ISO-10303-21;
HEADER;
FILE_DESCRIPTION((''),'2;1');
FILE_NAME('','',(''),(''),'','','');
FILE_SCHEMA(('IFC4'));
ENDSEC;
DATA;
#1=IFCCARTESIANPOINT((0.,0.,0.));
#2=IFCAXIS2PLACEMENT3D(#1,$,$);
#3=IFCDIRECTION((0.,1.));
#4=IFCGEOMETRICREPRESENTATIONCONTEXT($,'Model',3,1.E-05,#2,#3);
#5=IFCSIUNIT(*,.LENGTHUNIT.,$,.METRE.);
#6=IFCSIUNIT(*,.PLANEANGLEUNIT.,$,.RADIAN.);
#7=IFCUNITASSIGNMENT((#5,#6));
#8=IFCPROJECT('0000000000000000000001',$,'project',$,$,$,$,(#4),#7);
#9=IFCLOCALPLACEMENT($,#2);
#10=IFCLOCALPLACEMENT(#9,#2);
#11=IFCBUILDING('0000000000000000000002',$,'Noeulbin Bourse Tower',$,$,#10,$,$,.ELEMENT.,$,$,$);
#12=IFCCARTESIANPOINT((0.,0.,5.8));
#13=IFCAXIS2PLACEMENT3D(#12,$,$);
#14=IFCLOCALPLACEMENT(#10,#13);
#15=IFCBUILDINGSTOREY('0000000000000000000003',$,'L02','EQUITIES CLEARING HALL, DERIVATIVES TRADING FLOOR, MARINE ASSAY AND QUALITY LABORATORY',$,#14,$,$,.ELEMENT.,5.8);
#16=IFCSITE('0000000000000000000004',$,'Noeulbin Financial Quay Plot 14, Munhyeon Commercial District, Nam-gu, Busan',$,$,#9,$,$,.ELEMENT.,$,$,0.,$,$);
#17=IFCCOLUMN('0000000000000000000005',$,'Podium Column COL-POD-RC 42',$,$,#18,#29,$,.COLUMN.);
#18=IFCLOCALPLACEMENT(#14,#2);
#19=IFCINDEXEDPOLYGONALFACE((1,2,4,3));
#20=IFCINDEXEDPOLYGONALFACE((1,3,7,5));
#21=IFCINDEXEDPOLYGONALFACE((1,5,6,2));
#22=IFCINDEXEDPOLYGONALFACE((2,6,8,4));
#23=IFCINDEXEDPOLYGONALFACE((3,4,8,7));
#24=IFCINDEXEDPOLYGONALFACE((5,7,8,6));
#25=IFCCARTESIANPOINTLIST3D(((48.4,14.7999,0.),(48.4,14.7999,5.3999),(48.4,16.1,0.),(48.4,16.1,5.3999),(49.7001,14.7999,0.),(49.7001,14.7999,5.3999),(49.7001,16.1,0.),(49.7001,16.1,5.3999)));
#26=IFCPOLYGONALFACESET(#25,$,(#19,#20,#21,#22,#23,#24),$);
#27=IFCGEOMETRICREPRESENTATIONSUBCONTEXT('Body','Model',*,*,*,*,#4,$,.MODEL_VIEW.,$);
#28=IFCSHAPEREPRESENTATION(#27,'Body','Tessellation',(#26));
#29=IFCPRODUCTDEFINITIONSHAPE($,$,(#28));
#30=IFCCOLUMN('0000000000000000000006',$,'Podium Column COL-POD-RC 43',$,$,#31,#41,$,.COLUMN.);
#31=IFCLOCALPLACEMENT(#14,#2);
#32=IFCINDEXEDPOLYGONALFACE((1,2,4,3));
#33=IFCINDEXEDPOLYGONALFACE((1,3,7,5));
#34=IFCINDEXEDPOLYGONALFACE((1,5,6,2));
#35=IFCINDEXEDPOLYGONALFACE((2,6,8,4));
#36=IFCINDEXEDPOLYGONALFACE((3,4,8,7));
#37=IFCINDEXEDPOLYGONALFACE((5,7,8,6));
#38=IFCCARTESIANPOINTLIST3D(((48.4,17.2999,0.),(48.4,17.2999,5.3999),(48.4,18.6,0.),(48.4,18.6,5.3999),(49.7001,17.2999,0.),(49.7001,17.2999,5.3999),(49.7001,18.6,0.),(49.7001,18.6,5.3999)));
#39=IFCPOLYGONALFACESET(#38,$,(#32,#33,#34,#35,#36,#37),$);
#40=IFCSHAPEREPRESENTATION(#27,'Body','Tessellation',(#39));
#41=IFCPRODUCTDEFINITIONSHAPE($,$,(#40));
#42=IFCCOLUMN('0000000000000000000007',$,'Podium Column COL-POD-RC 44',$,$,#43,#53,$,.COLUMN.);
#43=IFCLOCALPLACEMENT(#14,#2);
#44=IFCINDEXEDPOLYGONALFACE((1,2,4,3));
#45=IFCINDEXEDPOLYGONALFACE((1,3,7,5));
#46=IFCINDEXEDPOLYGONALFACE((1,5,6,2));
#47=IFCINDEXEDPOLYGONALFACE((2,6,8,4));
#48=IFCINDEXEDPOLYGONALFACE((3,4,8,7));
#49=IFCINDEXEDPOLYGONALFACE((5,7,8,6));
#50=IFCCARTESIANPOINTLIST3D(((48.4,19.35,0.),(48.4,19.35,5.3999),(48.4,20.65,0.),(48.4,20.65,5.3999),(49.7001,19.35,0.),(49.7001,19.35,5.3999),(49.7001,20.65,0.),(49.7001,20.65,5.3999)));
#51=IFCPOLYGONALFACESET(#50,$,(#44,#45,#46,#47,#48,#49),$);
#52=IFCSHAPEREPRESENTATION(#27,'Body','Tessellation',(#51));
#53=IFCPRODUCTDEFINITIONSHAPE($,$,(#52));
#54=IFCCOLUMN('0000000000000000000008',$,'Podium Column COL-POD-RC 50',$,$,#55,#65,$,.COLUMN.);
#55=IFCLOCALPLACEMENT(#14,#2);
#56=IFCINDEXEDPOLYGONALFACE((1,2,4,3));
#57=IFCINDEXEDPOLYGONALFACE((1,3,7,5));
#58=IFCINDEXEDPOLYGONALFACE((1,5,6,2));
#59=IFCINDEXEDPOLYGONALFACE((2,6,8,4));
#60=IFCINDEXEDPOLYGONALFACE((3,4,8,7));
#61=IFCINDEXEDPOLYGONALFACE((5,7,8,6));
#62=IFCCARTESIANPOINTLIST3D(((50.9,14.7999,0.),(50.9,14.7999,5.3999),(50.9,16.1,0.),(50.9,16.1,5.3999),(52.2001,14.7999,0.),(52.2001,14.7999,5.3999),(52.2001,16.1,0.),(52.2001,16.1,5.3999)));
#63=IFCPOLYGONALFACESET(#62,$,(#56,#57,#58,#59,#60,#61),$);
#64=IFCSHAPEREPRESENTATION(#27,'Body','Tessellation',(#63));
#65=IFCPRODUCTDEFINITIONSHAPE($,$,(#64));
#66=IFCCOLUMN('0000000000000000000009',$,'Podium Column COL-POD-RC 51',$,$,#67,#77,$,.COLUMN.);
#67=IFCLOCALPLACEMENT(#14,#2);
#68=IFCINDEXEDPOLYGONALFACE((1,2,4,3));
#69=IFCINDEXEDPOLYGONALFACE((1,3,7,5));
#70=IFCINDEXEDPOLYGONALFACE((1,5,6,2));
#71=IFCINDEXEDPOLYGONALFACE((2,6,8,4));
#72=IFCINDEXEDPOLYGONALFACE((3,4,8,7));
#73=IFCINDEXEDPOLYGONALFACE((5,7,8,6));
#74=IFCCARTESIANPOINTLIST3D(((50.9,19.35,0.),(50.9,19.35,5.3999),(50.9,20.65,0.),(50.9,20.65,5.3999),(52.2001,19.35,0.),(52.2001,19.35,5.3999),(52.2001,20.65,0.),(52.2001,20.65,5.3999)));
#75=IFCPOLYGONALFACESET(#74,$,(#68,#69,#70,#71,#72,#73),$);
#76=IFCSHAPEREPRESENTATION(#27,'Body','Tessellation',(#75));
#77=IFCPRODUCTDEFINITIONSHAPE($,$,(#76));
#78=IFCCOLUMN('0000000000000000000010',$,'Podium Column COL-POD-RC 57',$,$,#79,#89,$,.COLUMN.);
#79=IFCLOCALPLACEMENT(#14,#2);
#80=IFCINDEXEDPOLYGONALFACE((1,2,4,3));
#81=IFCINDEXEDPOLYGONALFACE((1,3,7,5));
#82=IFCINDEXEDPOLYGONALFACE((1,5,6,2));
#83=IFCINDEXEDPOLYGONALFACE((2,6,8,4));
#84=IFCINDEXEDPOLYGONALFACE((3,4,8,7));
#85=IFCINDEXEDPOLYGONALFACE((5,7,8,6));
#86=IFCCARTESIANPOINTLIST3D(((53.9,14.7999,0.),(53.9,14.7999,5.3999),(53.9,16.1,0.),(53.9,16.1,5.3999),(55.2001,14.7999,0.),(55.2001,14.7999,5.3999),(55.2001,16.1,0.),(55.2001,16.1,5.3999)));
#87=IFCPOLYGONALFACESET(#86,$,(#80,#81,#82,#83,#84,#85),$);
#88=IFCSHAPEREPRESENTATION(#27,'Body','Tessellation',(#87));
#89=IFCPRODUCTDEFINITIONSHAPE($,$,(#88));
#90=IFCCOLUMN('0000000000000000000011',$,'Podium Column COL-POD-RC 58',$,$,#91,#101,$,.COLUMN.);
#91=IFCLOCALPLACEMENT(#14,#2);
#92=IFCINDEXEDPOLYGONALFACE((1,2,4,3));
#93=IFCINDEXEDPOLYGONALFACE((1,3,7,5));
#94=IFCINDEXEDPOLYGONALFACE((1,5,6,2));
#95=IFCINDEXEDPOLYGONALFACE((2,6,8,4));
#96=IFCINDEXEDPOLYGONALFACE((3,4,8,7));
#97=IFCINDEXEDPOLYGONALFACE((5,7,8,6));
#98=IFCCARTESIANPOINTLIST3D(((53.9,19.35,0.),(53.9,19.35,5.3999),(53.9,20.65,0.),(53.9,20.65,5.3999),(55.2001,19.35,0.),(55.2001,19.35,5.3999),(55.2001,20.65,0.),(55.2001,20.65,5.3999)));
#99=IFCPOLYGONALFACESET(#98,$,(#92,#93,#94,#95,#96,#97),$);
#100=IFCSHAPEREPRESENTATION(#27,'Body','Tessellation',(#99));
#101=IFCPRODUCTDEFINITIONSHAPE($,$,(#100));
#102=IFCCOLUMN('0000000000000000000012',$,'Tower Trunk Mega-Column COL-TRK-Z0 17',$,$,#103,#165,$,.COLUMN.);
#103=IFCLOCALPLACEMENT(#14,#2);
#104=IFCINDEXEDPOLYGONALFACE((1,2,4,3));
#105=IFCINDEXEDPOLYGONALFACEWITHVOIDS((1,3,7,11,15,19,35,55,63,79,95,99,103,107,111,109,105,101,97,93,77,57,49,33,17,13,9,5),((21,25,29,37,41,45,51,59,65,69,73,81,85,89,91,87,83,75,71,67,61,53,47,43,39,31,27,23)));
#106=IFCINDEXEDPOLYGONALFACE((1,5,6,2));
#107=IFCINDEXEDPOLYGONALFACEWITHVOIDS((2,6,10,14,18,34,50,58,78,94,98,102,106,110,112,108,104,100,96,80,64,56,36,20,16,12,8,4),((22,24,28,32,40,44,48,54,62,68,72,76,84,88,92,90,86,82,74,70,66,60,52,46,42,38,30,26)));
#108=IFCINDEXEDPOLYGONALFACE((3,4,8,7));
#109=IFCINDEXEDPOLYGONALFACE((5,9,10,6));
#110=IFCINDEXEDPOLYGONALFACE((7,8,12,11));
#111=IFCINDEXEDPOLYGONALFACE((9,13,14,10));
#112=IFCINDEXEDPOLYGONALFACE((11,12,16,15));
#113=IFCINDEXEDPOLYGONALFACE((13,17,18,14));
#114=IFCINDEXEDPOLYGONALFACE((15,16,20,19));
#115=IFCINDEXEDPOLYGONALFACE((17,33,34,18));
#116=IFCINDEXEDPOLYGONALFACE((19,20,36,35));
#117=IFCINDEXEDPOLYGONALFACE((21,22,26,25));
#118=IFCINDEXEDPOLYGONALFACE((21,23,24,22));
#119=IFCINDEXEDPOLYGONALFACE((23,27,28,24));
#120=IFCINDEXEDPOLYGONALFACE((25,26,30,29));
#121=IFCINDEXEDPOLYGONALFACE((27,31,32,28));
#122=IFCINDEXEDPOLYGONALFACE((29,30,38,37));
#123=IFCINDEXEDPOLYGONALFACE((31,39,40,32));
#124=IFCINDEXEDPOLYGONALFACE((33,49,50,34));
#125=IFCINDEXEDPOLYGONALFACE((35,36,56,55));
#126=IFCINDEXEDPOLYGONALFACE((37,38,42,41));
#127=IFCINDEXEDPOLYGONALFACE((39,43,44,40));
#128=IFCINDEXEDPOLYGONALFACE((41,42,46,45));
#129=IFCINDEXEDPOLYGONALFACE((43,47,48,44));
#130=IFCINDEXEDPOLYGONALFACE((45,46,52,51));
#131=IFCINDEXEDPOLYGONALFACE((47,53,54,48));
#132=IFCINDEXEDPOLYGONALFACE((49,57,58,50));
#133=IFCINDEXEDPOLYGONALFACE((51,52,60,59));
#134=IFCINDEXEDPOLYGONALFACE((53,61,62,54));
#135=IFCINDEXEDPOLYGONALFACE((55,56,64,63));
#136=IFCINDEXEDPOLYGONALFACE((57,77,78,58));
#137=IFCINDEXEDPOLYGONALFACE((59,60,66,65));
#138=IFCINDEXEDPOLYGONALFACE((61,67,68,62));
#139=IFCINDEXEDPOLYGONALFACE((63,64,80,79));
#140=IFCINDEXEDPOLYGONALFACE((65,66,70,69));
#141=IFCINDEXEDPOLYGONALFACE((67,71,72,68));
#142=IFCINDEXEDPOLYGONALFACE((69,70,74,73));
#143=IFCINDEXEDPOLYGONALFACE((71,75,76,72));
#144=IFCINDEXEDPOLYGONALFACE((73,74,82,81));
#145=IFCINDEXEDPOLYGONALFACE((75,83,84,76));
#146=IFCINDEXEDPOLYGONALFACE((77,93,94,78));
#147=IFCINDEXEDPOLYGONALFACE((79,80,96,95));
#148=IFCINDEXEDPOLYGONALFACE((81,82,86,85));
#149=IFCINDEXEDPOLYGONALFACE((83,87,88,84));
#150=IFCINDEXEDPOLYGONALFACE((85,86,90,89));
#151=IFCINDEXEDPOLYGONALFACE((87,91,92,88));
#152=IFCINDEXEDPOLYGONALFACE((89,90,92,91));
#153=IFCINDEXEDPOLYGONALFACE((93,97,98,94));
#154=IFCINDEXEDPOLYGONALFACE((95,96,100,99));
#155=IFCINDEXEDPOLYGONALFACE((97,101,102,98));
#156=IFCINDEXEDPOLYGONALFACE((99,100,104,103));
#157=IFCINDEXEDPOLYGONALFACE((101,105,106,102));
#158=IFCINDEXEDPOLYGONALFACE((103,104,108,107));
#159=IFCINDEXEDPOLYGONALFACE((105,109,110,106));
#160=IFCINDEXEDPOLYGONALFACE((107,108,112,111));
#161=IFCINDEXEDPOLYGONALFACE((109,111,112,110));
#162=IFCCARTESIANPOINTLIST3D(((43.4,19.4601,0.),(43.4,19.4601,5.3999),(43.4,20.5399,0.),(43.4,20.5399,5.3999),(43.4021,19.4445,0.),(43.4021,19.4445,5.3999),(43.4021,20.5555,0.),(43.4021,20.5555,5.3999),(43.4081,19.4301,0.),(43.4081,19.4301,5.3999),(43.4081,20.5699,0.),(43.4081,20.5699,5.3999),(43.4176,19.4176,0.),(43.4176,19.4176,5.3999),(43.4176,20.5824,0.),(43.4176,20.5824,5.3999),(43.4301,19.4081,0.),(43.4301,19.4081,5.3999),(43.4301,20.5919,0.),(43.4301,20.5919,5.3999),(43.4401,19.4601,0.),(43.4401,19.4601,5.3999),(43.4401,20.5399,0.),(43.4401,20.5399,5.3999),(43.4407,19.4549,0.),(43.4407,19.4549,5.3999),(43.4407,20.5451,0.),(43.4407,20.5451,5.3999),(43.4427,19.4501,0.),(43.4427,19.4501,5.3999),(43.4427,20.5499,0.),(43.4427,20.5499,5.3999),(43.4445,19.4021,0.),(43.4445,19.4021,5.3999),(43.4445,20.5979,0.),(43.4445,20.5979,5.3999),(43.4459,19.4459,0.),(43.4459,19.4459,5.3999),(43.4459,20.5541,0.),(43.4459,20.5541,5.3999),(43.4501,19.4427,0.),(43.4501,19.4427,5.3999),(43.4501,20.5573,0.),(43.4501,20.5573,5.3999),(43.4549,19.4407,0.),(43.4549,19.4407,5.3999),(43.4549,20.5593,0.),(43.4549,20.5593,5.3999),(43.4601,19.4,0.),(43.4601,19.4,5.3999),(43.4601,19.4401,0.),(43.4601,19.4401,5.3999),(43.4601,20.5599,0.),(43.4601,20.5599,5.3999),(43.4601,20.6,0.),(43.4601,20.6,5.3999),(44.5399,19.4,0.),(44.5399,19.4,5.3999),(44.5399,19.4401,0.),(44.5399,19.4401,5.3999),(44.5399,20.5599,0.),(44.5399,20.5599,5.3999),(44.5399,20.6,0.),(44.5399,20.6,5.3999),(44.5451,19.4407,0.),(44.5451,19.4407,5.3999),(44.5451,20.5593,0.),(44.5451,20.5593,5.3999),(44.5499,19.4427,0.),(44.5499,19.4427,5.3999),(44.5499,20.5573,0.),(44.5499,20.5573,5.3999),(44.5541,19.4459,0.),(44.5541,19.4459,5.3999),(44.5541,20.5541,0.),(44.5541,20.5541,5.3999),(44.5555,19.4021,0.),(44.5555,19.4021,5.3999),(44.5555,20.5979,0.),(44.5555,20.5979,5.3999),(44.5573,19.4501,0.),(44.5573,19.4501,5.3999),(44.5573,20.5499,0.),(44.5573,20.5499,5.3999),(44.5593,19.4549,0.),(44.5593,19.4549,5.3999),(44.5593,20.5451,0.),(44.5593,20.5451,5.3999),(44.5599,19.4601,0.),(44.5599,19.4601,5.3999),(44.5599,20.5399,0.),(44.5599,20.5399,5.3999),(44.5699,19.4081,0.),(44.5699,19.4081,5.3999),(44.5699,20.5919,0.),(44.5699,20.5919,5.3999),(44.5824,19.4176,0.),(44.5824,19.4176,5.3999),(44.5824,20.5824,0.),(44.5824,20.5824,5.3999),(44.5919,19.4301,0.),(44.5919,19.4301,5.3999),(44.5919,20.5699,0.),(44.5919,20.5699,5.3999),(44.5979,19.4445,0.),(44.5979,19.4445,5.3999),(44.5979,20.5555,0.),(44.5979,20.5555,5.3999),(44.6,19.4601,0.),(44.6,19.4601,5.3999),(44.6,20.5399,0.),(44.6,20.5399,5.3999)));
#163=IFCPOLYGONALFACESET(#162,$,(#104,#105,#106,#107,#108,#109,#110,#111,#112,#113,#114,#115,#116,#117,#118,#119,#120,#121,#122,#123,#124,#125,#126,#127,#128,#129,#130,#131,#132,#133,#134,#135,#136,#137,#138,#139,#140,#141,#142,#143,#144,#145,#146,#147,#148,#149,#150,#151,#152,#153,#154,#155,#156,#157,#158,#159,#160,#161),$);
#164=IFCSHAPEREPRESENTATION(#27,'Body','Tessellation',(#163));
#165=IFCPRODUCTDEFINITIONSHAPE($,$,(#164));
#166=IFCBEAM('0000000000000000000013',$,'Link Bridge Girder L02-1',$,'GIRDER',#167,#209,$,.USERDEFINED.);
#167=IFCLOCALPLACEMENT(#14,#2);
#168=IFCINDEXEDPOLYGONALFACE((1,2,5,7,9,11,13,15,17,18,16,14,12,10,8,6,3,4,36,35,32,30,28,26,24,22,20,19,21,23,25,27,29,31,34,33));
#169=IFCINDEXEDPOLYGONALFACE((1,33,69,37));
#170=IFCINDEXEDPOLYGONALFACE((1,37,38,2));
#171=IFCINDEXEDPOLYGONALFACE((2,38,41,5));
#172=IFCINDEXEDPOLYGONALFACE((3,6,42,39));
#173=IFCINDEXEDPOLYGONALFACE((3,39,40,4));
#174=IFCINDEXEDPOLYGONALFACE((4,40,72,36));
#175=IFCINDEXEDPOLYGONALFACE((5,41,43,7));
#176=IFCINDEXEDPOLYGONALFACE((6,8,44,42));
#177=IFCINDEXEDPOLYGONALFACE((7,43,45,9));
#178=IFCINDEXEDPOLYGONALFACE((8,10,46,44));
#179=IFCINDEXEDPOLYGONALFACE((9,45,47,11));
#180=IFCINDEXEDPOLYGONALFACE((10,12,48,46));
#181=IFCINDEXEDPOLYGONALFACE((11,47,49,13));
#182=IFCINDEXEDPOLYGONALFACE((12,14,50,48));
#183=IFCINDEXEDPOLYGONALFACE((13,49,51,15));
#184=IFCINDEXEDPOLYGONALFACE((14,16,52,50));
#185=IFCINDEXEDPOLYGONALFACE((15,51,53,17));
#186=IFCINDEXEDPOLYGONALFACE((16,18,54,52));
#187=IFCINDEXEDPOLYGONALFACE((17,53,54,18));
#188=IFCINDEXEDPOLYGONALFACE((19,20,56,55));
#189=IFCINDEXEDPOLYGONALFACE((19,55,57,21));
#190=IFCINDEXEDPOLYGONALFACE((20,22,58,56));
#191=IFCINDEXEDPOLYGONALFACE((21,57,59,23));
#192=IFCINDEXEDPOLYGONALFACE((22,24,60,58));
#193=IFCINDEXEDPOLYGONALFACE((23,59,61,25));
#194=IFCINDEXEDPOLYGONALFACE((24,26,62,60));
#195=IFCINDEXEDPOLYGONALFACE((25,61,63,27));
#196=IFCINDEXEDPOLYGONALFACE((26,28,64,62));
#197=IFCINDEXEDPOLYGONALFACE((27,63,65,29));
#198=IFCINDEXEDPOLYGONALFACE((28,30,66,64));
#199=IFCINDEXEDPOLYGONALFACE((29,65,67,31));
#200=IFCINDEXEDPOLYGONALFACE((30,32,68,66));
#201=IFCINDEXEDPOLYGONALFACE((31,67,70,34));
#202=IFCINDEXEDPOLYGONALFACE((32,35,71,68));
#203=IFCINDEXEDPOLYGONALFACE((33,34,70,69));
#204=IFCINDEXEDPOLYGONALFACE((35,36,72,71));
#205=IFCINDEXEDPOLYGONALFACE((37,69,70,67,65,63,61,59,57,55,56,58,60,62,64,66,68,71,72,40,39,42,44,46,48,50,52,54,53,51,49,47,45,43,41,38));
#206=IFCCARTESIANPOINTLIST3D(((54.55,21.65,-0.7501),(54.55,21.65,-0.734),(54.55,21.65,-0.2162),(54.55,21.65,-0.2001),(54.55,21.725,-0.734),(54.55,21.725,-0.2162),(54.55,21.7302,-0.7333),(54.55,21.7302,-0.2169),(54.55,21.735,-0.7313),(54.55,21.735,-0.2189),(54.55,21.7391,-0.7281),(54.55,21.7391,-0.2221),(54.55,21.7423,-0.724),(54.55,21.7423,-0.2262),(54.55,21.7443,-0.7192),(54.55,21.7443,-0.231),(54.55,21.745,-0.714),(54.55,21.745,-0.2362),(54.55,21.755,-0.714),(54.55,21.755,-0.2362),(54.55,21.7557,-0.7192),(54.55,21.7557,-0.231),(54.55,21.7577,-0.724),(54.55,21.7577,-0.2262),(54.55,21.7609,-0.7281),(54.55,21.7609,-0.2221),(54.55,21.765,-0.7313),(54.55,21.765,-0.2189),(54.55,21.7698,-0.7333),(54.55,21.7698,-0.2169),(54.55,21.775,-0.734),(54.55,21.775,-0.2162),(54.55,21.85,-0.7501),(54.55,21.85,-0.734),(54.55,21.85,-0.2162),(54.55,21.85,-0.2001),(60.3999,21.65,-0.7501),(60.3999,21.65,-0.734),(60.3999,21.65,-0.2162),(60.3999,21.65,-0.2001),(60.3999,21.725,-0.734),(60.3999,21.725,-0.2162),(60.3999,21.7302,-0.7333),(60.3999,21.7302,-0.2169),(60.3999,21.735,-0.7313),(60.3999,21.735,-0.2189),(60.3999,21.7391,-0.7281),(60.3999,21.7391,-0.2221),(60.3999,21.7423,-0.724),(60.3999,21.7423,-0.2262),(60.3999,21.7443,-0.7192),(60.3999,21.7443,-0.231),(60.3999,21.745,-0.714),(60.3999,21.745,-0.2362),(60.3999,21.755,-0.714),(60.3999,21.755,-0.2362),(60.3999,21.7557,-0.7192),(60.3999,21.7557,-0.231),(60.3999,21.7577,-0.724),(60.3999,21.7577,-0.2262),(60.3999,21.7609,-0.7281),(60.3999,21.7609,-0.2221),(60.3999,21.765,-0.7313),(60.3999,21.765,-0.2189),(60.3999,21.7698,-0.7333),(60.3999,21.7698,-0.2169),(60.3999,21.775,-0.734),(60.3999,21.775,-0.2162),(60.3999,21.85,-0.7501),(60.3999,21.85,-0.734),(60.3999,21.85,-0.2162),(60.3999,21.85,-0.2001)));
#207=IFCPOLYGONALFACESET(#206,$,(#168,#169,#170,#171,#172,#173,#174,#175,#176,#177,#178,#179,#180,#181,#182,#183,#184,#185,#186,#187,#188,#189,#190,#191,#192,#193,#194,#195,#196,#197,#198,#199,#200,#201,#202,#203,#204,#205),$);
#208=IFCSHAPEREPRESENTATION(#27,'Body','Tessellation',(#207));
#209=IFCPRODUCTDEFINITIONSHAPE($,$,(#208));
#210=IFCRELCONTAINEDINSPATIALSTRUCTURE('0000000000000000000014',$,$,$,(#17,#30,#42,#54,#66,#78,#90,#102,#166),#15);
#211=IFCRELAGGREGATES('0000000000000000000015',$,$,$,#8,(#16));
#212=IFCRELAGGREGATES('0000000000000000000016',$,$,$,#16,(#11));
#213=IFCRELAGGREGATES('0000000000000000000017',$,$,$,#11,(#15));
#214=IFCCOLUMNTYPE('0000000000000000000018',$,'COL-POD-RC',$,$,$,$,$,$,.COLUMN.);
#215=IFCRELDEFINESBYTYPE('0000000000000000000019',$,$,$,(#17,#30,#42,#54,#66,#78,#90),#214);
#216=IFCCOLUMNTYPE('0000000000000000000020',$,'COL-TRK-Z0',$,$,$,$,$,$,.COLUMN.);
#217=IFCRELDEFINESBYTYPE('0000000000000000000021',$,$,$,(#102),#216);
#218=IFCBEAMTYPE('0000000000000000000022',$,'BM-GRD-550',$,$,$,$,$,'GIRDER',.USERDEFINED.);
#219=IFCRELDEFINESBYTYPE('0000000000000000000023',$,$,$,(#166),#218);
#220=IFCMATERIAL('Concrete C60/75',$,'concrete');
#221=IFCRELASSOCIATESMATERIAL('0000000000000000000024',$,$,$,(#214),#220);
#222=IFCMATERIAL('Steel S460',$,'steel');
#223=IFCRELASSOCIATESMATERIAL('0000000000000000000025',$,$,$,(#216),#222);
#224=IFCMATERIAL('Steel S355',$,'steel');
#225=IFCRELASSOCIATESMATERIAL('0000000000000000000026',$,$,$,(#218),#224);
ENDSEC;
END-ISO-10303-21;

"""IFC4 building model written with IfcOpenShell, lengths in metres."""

from ifc_helpers import new_model, si_unit, direction, frame, origin, origin_2d, place, context, subcontext, project, spatial, rectangle, hollow_rectangle, i_section, extrude, material, material_profile, profile_set, type_object, element, save


model = new_model("IFC4")

# Units and contexts
model_context = context("Model", 3, precision=1e-05, world=origin(), true_north=direction((0.0, 1.0)))
body_context = subcontext(model_context, "Body", "Model", "MODEL_VIEW")
ifc_project = project(units=[si_unit("LENGTHUNIT", "METRE"), si_unit("PLANEANGLEUNIT", "RADIAN")], contexts=[model_context])

# Site, building, storey
site_placement = place(None, origin())
site = spatial("IfcSite", under=ifc_project, at=site_placement, Name="Noeulbin Financial Quay Plot 14, Munhyeon Commercial District, Nam-gu, Busan", CompositionType="ELEMENT", RefElevation=0.0)
building_placement = place(site_placement, origin())
building = spatial("IfcBuilding", under=site, at=building_placement, Name="Noeulbin Bourse Tower", CompositionType="ELEMENT")
storey_placement = place(building_placement, frame((0.0, 0.0, 5.8)))
storey = spatial("IfcBuildingStorey", under=building, at=storey_placement, Name="L02", Description="EQUITIES CLEARING HALL, DERIVATIVES TRADING FLOOR, MARINE ASSAY AND QUALITY LABORATORY", CompositionType="ELEMENT", Elevation=5.8)

# Columns
ifc_material_1 = material(Name="Concrete C60/75", Category="concrete")
ifc_material_profile_1 = material_profile(ifc_material_1, rectangle(XDim=1.3, YDim=1.3, at=origin_2d()), Name="RC-COL-1300x1300", Category="LoadBearing")
ifc_profile_set_1 = profile_set([ifc_material_profile_1], Name="Concrete C60/75")
column_type_1 = type_object("IfcColumnType", Name="COL-POD-RC", PredefinedType="COLUMN", material=ifc_profile_set_1)
for number, where, z_axis, x_axis, name in (
    (1, (49.05, 15.45, 0.0), (0.0, 0.0, 1.0), (1.0, 0.0, 0.0), "Podium Column COL-POD-RC 42"),
    (2, (49.05, 17.95, 0.0), (0.0, 0.0, 1.0), (1.0, 0.0, 0.0), "Podium Column COL-POD-RC 43"),
    (3, (49.05, 20.0, 0.0), (0.0, 0.0, 1.0), (1.0, 0.0, 0.0), "Podium Column COL-POD-RC 44"),
    (4, (51.55, 15.45, 0.0), (0.0, 0.0, 1.0), (1.0, 0.0, 0.0), "Podium Column COL-POD-RC 50"),
    (5, (51.55, 20.0, 0.0), (0.0, 0.0, 1.0), (1.0, 0.0, 0.0), "Podium Column COL-POD-RC 51"),
    (6, (54.55, 15.45, 0.0), (0.0, 0.0, 1.0), (1.0, 0.0, 0.0), "Podium Column COL-POD-RC 57"),
    (7, (54.55, 20.0, 0.0), (0.0, 0.0, 1.0), (1.0, 0.0, 0.0), "Podium Column COL-POD-RC 58"),
):
    element("IfcColumn", number, at=place(storey_placement, frame(where, z_axis=z_axis, x_axis=x_axis)), inside=storey, type_object=column_type_1, Name=name, PredefinedType="COLUMN", context=body_context, shape_type="SweptSolid", body=[
        extrude(rectangle(XDim=1.3, YDim=1.3, at=origin_2d()), origin(), (0.0, 0.0, 1.0), 5.3999),
    ])
ifc_material_2 = material(Name="Steel S460", Category="steel")
ifc_material_profile_2 = material_profile(ifc_material_2, hollow_rectangle(XDim=1.2, YDim=1.2, WallThickness=0.04, InnerFilletRadius=0.02, OuterFilletRadius=0.0601, at=origin_2d()), Name="BOX-1200x1200x40", Category="LoadBearing")
ifc_profile_set_2 = profile_set([ifc_material_profile_2], Name="Steel S460")
column_type_2 = type_object("IfcColumnType", Name="COL-TRK-Z0", PredefinedType="COLUMN", material=ifc_profile_set_2)
column_placement = place(storey_placement, frame((44.0, 20.0, 0.0), z_axis=(0.0, 0.0, 1.0), x_axis=(1.0, 0.0, 0.0)))
element("IfcColumn", 8, at=column_placement, inside=storey, type_object=column_type_2, Name="Tower Trunk Mega-Column COL-TRK-Z0 17", PredefinedType="COLUMN", context=body_context, shape_type="SweptSolid", body=[
    extrude(hollow_rectangle(XDim=1.2, YDim=1.2, WallThickness=0.04, InnerFilletRadius=0.02, OuterFilletRadius=0.0601, at=origin_2d()), origin(), (0.0, 0.0, 1.0), 5.3999),
])

# Beam
ifc_material_3 = material(Name="Steel S355", Category="steel")
ifc_material_profile_3 = material_profile(ifc_material_3, i_section(OverallWidth=0.2, OverallDepth=0.55, WebThickness=0.01, FlangeThickness=0.0161, FilletRadius=0.02, at=origin_2d()), Name="H-550x200x10x16", Category="LoadBearing")
ifc_profile_set_3 = profile_set([ifc_material_profile_3], Name="Steel S355")
beam_type_1 = type_object("IfcBeamType", Name="BM-GRD-550", ElementType="GIRDER", PredefinedType="USERDEFINED", material=ifc_profile_set_3)
for number, where, z_axis, x_axis, name in (
    (9, (54.55, 21.75, -0.4751), (1.0, 0.0, 0.0), (0.0, 1.0, 0.0), "Link Bridge Girder L02-1"),
):
    element("IfcBeam", number, at=place(storey_placement, frame(where, z_axis=z_axis, x_axis=x_axis)), inside=storey, type_object=beam_type_1, Name=name, ObjectType="GIRDER", PredefinedType="USERDEFINED", context=body_context, shape_type="SweptSolid", body=[
        extrude(i_section(OverallWidth=0.2, OverallDepth=0.55, WebThickness=0.01, FlangeThickness=0.0161, FilletRadius=0.02, at=origin_2d()), origin(), (0.0, 0.0, 1.0), 5.8499),
    ])

save(model, "model.ifc")
